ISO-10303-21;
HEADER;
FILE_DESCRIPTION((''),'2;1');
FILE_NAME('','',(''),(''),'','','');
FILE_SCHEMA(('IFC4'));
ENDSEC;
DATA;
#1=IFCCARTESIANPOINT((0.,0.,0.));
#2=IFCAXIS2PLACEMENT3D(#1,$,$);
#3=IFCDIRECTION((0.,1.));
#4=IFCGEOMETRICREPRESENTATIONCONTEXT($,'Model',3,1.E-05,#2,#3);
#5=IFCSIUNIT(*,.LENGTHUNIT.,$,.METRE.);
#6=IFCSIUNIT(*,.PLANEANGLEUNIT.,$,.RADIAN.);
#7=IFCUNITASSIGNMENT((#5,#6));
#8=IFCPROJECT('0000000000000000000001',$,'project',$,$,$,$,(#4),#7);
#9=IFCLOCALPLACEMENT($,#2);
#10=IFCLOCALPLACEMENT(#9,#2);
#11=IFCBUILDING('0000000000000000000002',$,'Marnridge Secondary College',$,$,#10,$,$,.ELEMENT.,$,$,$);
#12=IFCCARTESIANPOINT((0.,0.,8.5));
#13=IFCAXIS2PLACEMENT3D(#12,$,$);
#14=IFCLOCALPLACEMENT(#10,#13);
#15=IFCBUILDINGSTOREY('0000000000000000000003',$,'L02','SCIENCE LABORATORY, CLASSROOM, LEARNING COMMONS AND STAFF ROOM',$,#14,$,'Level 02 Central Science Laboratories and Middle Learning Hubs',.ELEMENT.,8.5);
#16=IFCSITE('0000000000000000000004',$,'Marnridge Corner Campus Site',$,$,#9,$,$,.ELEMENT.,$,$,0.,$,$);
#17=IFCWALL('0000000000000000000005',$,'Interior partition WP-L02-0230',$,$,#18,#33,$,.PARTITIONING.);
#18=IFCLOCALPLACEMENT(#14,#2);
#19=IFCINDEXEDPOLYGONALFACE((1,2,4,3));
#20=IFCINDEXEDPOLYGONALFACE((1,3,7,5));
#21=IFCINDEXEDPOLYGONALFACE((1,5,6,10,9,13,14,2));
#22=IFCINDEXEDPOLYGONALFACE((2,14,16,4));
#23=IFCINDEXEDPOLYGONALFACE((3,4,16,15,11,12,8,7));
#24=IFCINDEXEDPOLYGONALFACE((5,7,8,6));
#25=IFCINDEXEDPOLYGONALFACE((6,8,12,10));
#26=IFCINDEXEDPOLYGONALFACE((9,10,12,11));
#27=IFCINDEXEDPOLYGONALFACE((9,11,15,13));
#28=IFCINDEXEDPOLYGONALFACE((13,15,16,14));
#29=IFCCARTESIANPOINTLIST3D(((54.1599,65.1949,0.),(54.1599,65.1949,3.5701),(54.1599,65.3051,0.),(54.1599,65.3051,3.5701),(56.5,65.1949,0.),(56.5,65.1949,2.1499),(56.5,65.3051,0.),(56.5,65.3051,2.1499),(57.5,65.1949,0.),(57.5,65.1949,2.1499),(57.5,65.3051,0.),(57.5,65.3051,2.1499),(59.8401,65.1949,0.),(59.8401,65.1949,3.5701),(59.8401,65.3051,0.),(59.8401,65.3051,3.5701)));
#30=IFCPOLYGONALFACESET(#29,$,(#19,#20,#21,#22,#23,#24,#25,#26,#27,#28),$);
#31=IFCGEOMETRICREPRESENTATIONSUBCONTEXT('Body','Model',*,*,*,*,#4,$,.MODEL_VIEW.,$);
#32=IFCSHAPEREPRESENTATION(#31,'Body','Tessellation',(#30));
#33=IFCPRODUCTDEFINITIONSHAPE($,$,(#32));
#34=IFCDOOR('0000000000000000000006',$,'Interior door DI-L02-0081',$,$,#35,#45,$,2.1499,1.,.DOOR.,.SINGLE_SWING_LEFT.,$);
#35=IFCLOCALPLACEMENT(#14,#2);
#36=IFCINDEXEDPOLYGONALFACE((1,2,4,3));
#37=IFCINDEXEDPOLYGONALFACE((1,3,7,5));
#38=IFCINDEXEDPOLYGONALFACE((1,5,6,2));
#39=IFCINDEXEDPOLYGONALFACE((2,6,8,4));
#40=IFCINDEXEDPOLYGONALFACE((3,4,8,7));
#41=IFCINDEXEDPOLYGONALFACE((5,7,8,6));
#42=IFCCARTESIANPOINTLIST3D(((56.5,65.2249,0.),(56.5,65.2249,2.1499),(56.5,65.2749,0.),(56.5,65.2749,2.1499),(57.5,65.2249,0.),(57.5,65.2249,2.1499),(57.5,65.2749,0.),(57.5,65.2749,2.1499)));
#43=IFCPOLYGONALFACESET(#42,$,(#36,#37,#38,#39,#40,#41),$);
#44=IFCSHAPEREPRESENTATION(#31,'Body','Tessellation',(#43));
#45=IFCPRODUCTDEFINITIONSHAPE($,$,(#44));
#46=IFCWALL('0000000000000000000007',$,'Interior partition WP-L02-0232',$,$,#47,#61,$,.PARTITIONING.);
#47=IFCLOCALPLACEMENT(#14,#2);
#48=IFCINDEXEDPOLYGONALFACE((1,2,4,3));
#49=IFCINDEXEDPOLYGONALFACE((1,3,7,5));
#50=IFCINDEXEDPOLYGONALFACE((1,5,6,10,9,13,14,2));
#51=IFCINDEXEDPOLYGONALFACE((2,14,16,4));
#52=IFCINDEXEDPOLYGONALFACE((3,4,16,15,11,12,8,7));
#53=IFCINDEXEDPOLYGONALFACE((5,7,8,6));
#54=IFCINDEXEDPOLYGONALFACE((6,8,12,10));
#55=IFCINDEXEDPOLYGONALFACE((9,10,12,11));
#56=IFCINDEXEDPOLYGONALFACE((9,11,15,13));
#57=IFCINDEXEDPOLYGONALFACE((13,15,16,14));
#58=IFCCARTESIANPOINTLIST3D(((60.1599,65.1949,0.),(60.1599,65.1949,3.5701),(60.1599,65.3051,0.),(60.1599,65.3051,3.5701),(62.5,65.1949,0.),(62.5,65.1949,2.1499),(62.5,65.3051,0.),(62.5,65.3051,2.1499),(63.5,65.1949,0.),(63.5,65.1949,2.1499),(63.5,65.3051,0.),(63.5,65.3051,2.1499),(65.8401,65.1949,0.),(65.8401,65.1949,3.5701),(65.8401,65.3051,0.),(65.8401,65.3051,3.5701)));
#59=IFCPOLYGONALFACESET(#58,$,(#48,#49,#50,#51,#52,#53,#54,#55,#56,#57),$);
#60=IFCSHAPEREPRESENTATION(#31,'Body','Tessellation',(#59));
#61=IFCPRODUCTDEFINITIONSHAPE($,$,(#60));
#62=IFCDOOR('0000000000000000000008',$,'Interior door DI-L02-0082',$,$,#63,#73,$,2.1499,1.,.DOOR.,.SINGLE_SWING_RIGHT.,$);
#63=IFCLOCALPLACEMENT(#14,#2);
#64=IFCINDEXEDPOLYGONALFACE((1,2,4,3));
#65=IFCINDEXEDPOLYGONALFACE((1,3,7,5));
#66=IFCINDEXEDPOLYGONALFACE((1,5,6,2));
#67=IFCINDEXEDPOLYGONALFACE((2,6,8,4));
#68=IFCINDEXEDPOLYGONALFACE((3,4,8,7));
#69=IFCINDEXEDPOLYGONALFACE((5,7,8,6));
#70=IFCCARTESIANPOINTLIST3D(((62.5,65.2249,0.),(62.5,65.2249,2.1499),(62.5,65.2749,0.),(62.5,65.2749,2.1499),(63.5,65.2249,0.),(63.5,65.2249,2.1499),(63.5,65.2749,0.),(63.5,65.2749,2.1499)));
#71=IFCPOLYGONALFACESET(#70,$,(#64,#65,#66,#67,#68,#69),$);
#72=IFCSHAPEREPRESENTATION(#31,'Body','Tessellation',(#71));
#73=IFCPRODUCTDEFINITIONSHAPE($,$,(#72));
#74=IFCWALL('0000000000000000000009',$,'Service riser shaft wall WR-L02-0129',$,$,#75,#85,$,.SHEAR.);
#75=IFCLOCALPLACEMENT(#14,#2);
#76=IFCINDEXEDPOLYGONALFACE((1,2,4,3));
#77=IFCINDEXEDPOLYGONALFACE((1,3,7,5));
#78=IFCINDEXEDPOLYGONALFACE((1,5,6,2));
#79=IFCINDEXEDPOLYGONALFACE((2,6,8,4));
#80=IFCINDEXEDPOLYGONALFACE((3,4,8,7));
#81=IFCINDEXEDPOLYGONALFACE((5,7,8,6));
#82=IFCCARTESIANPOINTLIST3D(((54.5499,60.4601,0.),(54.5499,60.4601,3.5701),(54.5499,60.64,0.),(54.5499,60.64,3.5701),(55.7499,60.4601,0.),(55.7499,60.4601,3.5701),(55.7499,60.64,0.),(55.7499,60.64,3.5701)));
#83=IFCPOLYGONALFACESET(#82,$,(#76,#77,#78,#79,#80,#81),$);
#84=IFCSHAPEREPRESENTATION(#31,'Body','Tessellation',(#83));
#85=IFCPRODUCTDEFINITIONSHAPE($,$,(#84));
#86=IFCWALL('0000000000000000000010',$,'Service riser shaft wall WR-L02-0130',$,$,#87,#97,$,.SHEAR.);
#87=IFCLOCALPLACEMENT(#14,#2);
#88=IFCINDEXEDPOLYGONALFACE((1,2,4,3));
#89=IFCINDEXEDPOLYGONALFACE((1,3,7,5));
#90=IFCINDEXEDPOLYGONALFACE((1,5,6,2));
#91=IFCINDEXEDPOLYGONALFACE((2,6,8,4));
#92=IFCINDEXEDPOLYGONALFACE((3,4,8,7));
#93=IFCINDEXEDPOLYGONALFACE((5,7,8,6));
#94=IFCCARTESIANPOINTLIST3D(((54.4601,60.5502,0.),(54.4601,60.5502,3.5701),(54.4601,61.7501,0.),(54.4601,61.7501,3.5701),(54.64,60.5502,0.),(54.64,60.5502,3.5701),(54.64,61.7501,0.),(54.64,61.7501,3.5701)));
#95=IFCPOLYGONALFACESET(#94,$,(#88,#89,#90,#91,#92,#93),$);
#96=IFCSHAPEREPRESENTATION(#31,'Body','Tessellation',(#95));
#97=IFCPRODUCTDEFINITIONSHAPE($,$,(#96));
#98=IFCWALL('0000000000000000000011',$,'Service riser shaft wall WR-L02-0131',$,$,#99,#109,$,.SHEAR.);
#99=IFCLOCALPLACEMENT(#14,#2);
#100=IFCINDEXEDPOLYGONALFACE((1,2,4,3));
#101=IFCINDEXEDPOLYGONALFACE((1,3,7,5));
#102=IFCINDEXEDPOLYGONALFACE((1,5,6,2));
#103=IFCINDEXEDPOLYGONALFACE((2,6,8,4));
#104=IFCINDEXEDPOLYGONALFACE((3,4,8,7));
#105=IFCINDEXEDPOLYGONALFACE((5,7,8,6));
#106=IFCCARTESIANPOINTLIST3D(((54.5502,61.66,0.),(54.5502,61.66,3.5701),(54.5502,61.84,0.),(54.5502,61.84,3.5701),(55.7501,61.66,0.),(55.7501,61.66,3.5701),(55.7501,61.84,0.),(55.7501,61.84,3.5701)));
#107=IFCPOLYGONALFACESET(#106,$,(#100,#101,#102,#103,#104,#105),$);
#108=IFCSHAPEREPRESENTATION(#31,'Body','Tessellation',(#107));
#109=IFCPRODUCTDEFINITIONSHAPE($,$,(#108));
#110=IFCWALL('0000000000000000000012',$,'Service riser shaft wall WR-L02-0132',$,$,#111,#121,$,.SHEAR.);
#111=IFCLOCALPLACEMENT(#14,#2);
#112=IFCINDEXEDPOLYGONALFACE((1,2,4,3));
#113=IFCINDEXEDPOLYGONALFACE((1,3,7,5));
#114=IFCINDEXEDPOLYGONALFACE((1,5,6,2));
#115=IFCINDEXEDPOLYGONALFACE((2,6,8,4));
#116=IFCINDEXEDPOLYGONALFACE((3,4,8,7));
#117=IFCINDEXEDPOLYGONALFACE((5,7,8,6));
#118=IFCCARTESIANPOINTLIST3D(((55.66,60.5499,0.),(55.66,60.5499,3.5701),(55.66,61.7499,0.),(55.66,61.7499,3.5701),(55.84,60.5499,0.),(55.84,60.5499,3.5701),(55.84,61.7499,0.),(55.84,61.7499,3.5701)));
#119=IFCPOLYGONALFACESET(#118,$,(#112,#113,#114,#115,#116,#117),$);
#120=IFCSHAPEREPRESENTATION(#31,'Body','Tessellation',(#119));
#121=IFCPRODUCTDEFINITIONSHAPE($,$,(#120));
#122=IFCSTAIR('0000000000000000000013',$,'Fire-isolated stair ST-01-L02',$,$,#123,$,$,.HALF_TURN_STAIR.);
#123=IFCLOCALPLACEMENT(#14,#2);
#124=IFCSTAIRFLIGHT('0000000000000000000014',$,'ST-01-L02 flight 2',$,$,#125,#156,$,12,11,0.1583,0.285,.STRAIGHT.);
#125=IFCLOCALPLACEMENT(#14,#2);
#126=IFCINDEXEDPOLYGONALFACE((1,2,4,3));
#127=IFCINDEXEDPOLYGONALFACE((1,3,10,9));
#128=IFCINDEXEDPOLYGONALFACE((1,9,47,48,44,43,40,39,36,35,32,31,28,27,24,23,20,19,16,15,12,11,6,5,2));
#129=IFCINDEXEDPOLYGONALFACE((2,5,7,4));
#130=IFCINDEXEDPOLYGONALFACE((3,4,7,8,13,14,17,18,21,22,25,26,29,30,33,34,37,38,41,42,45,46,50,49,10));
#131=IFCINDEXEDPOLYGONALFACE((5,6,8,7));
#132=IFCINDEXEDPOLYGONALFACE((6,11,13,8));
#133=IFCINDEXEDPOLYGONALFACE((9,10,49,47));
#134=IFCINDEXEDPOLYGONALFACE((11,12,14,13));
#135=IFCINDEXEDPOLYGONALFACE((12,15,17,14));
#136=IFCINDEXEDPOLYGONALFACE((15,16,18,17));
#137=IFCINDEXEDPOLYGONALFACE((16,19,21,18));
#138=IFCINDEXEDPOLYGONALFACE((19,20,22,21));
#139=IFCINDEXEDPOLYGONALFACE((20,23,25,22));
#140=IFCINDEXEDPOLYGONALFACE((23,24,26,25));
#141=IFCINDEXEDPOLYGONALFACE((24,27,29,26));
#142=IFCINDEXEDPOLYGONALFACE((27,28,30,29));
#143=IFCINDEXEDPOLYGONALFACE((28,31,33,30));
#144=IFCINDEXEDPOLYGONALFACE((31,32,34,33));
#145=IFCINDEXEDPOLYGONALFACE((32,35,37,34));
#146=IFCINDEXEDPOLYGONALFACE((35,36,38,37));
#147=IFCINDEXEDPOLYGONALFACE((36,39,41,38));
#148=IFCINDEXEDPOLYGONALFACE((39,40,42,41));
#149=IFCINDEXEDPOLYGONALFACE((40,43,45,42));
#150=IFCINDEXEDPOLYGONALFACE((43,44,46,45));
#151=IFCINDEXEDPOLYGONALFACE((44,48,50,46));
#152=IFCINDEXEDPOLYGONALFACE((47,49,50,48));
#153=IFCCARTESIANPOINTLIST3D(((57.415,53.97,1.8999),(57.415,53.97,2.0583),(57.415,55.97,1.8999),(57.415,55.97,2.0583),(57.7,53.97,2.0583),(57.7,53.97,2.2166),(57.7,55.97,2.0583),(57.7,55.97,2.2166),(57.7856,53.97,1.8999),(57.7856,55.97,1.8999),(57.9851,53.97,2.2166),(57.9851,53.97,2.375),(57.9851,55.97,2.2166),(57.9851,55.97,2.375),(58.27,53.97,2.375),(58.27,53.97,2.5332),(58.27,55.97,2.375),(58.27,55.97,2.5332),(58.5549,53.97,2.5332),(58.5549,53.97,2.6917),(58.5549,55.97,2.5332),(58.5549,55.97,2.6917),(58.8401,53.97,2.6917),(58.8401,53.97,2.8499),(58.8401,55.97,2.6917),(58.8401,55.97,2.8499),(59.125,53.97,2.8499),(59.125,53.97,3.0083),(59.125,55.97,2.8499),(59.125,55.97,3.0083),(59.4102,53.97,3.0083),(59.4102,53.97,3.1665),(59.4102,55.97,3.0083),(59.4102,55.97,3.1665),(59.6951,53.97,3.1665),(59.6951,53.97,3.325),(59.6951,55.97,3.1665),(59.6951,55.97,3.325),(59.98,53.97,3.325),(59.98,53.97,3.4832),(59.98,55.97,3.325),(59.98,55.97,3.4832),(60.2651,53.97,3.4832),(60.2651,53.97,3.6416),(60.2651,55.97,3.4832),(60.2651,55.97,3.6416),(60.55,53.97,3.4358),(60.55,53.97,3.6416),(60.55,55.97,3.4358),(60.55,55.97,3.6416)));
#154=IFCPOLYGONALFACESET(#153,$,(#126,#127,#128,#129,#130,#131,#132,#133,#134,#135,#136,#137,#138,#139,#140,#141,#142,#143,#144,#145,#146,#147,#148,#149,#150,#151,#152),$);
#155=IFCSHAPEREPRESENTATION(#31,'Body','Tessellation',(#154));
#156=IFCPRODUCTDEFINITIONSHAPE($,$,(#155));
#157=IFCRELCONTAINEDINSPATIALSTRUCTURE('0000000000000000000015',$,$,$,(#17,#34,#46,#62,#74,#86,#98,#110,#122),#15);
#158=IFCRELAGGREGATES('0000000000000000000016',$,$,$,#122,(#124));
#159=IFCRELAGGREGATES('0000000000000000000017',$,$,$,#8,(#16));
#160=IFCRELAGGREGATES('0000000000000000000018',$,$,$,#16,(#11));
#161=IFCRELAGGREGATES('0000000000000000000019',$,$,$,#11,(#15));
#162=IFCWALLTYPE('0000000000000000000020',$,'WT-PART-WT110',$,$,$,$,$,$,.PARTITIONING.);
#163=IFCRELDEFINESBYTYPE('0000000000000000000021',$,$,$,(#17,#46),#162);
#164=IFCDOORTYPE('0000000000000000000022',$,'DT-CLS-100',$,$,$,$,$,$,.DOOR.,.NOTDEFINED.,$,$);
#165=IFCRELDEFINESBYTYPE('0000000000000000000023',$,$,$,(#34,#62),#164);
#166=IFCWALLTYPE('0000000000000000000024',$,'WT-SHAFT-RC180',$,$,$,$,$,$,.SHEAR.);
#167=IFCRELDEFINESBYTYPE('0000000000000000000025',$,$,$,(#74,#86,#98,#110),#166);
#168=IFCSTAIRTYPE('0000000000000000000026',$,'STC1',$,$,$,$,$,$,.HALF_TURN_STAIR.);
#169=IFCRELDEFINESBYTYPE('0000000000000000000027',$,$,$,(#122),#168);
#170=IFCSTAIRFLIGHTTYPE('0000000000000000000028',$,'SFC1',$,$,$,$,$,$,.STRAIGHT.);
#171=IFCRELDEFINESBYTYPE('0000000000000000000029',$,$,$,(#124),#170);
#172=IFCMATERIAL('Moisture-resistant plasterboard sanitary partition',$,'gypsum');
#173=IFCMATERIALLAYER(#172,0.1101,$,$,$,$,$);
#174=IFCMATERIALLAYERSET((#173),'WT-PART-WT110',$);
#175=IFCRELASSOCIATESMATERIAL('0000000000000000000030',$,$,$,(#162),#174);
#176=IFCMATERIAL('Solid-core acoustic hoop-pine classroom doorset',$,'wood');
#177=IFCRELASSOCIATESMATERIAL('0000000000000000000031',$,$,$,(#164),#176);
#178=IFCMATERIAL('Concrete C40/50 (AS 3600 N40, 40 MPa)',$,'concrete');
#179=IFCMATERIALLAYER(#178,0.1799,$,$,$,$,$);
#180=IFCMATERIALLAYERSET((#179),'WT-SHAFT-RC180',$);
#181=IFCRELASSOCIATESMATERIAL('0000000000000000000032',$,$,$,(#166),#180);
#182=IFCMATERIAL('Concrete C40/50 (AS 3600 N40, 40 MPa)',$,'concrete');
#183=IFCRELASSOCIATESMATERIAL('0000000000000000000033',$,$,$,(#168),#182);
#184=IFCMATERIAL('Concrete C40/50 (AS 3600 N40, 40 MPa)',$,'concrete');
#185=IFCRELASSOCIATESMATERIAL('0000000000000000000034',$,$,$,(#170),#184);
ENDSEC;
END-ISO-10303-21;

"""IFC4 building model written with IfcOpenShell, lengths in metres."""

from ifc_helpers import new_model, si_unit, direction, frame, frame_2d, origin, place, context, subcontext, project, spatial, polyline, rectangle, outline, extrude, material, layer, layer_set, type_object, element, fill, aggregate, save


model = new_model("IFC4")

# Units and contexts
model_context = context("Model", 3, precision=1e-05, world=origin(), true_north=direction((0.0, 1.0)))
body_context = subcontext(model_context, "Body", "Model", "MODEL_VIEW")
ifc_project = project(units=[si_unit("LENGTHUNIT", "METRE"), si_unit("PLANEANGLEUNIT", "RADIAN")], contexts=[model_context])

# Site, building, storey
site_placement = place(None, origin())
site = spatial("IfcSite", under=ifc_project, at=site_placement, Name="Marnridge Corner Campus Site", CompositionType="ELEMENT", RefElevation=0.0)
building_placement = place(site_placement, origin())
building = spatial("IfcBuilding", under=site, at=building_placement, Name="Marnridge Secondary College", CompositionType="ELEMENT")
storey_placement = place(building_placement, frame((0.0, 0.0, 8.5)))
storey = spatial("IfcBuildingStorey", under=building, at=storey_placement, Name="L02", Description="SCIENCE LABORATORY, CLASSROOM, LEARNING COMMONS AND STAFF ROOM", LongName="Level 02 Central Science Laboratories and Middle Learning Hubs", CompositionType="ELEMENT", Elevation=8.5)

# Shared definitions
ifc_material_1 = material(Name="Moisture-resistant plasterboard sanitary partition", Category="gypsum")
ifc_layer_1 = layer(ifc_material_1, 0.1101)
ifc_layer_set_1 = layer_set([ifc_layer_1], Name="WT-PART-WT110")
wall_type_1 = type_object("IfcWallType", Name="WT-PART-WT110", PredefinedType="PARTITIONING", material=ifc_layer_set_1)

# Walls, openings, doors
wall_1_placement = place(storey_placement, frame((54.1599, 65.25, 0.0), z_axis=(0.0, 0.0, 1.0), x_axis=(1.0, 0.0, 0.0)))
wall_1 = element("IfcWall", 1, at=wall_1_placement, inside=storey, type_object=wall_type_1, Name="Interior partition WP-L02-0230", PredefinedType="PARTITIONING", context=body_context, shape_type="SweptSolid", body=[
    extrude(rectangle(XDim=5.6802, YDim=0.1101, at=frame_2d((2.8401, 0.0))), origin(), (0.0, 0.0, 1.0), 3.5701),
])
opening_1_placement = place(wall_1_placement, frame((2.3401, 0.0, 0.0)))
opening_1 = element("IfcOpeningElement", 2, at=opening_1_placement, cuts=wall_1, PredefinedType="OPENING", context=body_context, shape_type="SweptSolid", body=[
    extrude(rectangle(XDim=1.0, YDim=2.1499, at=frame_2d((0.5, 1.075))), frame((0.0, 0.0649, 0.0), z_axis=(0.0, -1.0, 0.0), x_axis=(1.0, 0.0, 0.0)), (0.0, 0.0, 1.0), 0.1301),
])
ifc_material_2 = material(Name="Solid-core acoustic hoop-pine classroom doorset", Category="wood")
door_type = type_object("IfcDoorType", Name="DT-CLS-100", OperationType="NOTDEFINED", PredefinedType="DOOR", material=ifc_material_2)
door_1_placement = place(opening_1_placement, origin())
door_1 = element("IfcDoor", 3, at=door_1_placement, inside=storey, type_object=door_type, Name="Interior door DI-L02-0081", OperationType="SINGLE_SWING_LEFT", OverallHeight=2.1499, OverallWidth=1.0, PredefinedType="DOOR", context=body_context, shape_type="SweptSolid", body=[
    extrude(rectangle(XDim=1.0, YDim=2.1499, at=frame_2d((0.5, 1.075))), frame((0.0, 0.0249, 0.0), z_axis=(0.0, -1.0, 0.0), x_axis=(1.0, 0.0, 0.0)), (0.0, 0.0, 1.0), 0.05),
])
fill(opening_1, door_1)
wall_2_placement = place(storey_placement, frame((60.1599, 65.25, 0.0), z_axis=(0.0, 0.0, 1.0), x_axis=(1.0, 0.0, 0.0)))
wall_2 = element("IfcWall", 4, at=wall_2_placement, inside=storey, type_object=wall_type_1, Name="Interior partition WP-L02-0232", PredefinedType="PARTITIONING", context=body_context, shape_type="SweptSolid", body=[
    extrude(rectangle(XDim=5.6802, YDim=0.1101, at=frame_2d((2.8401, 0.0))), origin(), (0.0, 0.0, 1.0), 3.5701),
])
opening_2_placement = place(wall_2_placement, frame((2.3401, 0.0, 0.0)))
opening_2 = element("IfcOpeningElement", 5, at=opening_2_placement, cuts=wall_2, PredefinedType="OPENING", context=body_context, shape_type="SweptSolid", body=[
    extrude(rectangle(XDim=1.0, YDim=2.1499, at=frame_2d((0.5, 1.075))), frame((0.0, 0.0649, 0.0), z_axis=(0.0, -1.0, 0.0), x_axis=(1.0, 0.0, 0.0)), (0.0, 0.0, 1.0), 0.1301),
])
door_2_placement = place(opening_2_placement, origin())
door_2 = element("IfcDoor", 6, at=door_2_placement, inside=storey, type_object=door_type, Name="Interior door DI-L02-0082", OperationType="SINGLE_SWING_RIGHT", OverallHeight=2.1499, OverallWidth=1.0, PredefinedType="DOOR", context=body_context, shape_type="SweptSolid", body=[
    extrude(rectangle(XDim=1.0, YDim=2.1499, at=frame_2d((0.5, 1.075))), frame((0.0, 0.0249, 0.0), z_axis=(0.0, -1.0, 0.0), x_axis=(1.0, 0.0, 0.0)), (0.0, 0.0, 1.0), 0.05),
])
fill(opening_2, door_2)

# Walls
ifc_material_3 = material(Name="Concrete C40/50 (AS 3600 N40, 40 MPa)", Category="concrete")
ifc_layer_2 = layer(ifc_material_3, 0.1799)
ifc_layer_set_2 = layer_set([ifc_layer_2], Name="WT-SHAFT-RC180")
wall_type_2 = type_object("IfcWallType", Name="WT-SHAFT-RC180", PredefinedType="SHEAR", material=ifc_layer_set_2)
for number, where, z_axis, x_axis, name in (
    (7, (55.75, 60.55, 0.0), (0.0, 0.0, 1.0), (-1.0, 0.0, 0.0), "Service riser shaft wall WR-L02-0129"),
    (8, (54.55, 60.55, 0.0), (0.0, 0.0, 1.0), (0.0, 1.0, 0.0), "Service riser shaft wall WR-L02-0130"),
    (9, (54.55, 61.75, 0.0), (0.0, 0.0, 1.0), (1.0, 0.0, 0.0), "Service riser shaft wall WR-L02-0131"),
    (10, (55.75, 61.75, 0.0), (0.0, 0.0, 1.0), (0.0, -1.0, 0.0), "Service riser shaft wall WR-L02-0132"),
):
    element("IfcWall", number, at=place(storey_placement, frame(where, z_axis=z_axis, x_axis=x_axis)), inside=storey, type_object=wall_type_2, Name=name, PredefinedType="SHEAR", context=body_context, shape_type="SweptSolid", body=[
        extrude(rectangle(XDim=1.2, YDim=0.1799, at=frame_2d((0.6001, 0.0))), origin(), (0.0, 0.0, 1.0), 3.5701),
    ])

# Stair, stair flight
ifc_material_4 = material(Name="Concrete C40/50 (AS 3600 N40, 40 MPa)", Category="concrete")
stair_type = type_object("IfcStairType", Name="STC1", PredefinedType="HALF_TURN_STAIR", material=ifc_material_4)
stair_placement = place(storey_placement, origin())
stair = element("IfcStair", 11, at=stair_placement, inside=storey, type_object=stair_type, Name="Fire-isolated stair ST-01-L02", PredefinedType="HALF_TURN_STAIR")
ifc_material_5 = material(Name="Concrete C40/50 (AS 3600 N40, 40 MPa)", Category="concrete")
stair_flight_type = type_object("IfcStairFlightType", Name="SFC1", PredefinedType="STRAIGHT", material=ifc_material_5)
stair_flight_placement = place(storey_placement, frame((57.415, 54.97, 1.8999), z_axis=(0.0, 0.0, 1.0), x_axis=(1.0, 0.0, 0.0)))
stair_flight = element("IfcStairFlight", 12, at=stair_flight_placement, type_object=stair_flight_type, Name="ST-01-L02 flight 2", NumberOfRisers=12, NumberOfTreads=11, PredefinedType="STRAIGHT", RiserHeight=0.1583, TreadLength=0.285, context=body_context, shape_type="SweptSolid", body=[
    extrude(outline(polyline([(0.0, 0.0), (0.0, 0.1584), (0.2849, 0.1584), (0.2849, 0.3167), (0.5701, 0.3167), (0.5701, 0.4751), (0.855, 0.4751), (0.855, 0.6333), (1.1399, 0.6333), (1.1399, 0.7917), (1.425, 0.7917), (1.425, 0.95), (1.71, 0.95), (1.71, 1.1084), (1.9951, 1.1084), (1.9951, 1.2666), (2.28, 1.2666), (2.28, 1.425), (2.5649, 1.425), (2.5649, 1.5833), (2.8501, 1.5833), (2.8501, 1.7417), (3.135, 1.7417), (3.135, 1.8999), (3.135, 1.5359), (0.3706, 0.0), (0.0, 0.0)])), frame((0.0, 1.0, 0.0), z_axis=(0.0, -1.0, 0.0), x_axis=(1.0, 0.0, 0.0)), (0.0, 0.0, 1.0), 2.0),
])
aggregate(stair, [stair_flight])

save(model, "model.ifc")
